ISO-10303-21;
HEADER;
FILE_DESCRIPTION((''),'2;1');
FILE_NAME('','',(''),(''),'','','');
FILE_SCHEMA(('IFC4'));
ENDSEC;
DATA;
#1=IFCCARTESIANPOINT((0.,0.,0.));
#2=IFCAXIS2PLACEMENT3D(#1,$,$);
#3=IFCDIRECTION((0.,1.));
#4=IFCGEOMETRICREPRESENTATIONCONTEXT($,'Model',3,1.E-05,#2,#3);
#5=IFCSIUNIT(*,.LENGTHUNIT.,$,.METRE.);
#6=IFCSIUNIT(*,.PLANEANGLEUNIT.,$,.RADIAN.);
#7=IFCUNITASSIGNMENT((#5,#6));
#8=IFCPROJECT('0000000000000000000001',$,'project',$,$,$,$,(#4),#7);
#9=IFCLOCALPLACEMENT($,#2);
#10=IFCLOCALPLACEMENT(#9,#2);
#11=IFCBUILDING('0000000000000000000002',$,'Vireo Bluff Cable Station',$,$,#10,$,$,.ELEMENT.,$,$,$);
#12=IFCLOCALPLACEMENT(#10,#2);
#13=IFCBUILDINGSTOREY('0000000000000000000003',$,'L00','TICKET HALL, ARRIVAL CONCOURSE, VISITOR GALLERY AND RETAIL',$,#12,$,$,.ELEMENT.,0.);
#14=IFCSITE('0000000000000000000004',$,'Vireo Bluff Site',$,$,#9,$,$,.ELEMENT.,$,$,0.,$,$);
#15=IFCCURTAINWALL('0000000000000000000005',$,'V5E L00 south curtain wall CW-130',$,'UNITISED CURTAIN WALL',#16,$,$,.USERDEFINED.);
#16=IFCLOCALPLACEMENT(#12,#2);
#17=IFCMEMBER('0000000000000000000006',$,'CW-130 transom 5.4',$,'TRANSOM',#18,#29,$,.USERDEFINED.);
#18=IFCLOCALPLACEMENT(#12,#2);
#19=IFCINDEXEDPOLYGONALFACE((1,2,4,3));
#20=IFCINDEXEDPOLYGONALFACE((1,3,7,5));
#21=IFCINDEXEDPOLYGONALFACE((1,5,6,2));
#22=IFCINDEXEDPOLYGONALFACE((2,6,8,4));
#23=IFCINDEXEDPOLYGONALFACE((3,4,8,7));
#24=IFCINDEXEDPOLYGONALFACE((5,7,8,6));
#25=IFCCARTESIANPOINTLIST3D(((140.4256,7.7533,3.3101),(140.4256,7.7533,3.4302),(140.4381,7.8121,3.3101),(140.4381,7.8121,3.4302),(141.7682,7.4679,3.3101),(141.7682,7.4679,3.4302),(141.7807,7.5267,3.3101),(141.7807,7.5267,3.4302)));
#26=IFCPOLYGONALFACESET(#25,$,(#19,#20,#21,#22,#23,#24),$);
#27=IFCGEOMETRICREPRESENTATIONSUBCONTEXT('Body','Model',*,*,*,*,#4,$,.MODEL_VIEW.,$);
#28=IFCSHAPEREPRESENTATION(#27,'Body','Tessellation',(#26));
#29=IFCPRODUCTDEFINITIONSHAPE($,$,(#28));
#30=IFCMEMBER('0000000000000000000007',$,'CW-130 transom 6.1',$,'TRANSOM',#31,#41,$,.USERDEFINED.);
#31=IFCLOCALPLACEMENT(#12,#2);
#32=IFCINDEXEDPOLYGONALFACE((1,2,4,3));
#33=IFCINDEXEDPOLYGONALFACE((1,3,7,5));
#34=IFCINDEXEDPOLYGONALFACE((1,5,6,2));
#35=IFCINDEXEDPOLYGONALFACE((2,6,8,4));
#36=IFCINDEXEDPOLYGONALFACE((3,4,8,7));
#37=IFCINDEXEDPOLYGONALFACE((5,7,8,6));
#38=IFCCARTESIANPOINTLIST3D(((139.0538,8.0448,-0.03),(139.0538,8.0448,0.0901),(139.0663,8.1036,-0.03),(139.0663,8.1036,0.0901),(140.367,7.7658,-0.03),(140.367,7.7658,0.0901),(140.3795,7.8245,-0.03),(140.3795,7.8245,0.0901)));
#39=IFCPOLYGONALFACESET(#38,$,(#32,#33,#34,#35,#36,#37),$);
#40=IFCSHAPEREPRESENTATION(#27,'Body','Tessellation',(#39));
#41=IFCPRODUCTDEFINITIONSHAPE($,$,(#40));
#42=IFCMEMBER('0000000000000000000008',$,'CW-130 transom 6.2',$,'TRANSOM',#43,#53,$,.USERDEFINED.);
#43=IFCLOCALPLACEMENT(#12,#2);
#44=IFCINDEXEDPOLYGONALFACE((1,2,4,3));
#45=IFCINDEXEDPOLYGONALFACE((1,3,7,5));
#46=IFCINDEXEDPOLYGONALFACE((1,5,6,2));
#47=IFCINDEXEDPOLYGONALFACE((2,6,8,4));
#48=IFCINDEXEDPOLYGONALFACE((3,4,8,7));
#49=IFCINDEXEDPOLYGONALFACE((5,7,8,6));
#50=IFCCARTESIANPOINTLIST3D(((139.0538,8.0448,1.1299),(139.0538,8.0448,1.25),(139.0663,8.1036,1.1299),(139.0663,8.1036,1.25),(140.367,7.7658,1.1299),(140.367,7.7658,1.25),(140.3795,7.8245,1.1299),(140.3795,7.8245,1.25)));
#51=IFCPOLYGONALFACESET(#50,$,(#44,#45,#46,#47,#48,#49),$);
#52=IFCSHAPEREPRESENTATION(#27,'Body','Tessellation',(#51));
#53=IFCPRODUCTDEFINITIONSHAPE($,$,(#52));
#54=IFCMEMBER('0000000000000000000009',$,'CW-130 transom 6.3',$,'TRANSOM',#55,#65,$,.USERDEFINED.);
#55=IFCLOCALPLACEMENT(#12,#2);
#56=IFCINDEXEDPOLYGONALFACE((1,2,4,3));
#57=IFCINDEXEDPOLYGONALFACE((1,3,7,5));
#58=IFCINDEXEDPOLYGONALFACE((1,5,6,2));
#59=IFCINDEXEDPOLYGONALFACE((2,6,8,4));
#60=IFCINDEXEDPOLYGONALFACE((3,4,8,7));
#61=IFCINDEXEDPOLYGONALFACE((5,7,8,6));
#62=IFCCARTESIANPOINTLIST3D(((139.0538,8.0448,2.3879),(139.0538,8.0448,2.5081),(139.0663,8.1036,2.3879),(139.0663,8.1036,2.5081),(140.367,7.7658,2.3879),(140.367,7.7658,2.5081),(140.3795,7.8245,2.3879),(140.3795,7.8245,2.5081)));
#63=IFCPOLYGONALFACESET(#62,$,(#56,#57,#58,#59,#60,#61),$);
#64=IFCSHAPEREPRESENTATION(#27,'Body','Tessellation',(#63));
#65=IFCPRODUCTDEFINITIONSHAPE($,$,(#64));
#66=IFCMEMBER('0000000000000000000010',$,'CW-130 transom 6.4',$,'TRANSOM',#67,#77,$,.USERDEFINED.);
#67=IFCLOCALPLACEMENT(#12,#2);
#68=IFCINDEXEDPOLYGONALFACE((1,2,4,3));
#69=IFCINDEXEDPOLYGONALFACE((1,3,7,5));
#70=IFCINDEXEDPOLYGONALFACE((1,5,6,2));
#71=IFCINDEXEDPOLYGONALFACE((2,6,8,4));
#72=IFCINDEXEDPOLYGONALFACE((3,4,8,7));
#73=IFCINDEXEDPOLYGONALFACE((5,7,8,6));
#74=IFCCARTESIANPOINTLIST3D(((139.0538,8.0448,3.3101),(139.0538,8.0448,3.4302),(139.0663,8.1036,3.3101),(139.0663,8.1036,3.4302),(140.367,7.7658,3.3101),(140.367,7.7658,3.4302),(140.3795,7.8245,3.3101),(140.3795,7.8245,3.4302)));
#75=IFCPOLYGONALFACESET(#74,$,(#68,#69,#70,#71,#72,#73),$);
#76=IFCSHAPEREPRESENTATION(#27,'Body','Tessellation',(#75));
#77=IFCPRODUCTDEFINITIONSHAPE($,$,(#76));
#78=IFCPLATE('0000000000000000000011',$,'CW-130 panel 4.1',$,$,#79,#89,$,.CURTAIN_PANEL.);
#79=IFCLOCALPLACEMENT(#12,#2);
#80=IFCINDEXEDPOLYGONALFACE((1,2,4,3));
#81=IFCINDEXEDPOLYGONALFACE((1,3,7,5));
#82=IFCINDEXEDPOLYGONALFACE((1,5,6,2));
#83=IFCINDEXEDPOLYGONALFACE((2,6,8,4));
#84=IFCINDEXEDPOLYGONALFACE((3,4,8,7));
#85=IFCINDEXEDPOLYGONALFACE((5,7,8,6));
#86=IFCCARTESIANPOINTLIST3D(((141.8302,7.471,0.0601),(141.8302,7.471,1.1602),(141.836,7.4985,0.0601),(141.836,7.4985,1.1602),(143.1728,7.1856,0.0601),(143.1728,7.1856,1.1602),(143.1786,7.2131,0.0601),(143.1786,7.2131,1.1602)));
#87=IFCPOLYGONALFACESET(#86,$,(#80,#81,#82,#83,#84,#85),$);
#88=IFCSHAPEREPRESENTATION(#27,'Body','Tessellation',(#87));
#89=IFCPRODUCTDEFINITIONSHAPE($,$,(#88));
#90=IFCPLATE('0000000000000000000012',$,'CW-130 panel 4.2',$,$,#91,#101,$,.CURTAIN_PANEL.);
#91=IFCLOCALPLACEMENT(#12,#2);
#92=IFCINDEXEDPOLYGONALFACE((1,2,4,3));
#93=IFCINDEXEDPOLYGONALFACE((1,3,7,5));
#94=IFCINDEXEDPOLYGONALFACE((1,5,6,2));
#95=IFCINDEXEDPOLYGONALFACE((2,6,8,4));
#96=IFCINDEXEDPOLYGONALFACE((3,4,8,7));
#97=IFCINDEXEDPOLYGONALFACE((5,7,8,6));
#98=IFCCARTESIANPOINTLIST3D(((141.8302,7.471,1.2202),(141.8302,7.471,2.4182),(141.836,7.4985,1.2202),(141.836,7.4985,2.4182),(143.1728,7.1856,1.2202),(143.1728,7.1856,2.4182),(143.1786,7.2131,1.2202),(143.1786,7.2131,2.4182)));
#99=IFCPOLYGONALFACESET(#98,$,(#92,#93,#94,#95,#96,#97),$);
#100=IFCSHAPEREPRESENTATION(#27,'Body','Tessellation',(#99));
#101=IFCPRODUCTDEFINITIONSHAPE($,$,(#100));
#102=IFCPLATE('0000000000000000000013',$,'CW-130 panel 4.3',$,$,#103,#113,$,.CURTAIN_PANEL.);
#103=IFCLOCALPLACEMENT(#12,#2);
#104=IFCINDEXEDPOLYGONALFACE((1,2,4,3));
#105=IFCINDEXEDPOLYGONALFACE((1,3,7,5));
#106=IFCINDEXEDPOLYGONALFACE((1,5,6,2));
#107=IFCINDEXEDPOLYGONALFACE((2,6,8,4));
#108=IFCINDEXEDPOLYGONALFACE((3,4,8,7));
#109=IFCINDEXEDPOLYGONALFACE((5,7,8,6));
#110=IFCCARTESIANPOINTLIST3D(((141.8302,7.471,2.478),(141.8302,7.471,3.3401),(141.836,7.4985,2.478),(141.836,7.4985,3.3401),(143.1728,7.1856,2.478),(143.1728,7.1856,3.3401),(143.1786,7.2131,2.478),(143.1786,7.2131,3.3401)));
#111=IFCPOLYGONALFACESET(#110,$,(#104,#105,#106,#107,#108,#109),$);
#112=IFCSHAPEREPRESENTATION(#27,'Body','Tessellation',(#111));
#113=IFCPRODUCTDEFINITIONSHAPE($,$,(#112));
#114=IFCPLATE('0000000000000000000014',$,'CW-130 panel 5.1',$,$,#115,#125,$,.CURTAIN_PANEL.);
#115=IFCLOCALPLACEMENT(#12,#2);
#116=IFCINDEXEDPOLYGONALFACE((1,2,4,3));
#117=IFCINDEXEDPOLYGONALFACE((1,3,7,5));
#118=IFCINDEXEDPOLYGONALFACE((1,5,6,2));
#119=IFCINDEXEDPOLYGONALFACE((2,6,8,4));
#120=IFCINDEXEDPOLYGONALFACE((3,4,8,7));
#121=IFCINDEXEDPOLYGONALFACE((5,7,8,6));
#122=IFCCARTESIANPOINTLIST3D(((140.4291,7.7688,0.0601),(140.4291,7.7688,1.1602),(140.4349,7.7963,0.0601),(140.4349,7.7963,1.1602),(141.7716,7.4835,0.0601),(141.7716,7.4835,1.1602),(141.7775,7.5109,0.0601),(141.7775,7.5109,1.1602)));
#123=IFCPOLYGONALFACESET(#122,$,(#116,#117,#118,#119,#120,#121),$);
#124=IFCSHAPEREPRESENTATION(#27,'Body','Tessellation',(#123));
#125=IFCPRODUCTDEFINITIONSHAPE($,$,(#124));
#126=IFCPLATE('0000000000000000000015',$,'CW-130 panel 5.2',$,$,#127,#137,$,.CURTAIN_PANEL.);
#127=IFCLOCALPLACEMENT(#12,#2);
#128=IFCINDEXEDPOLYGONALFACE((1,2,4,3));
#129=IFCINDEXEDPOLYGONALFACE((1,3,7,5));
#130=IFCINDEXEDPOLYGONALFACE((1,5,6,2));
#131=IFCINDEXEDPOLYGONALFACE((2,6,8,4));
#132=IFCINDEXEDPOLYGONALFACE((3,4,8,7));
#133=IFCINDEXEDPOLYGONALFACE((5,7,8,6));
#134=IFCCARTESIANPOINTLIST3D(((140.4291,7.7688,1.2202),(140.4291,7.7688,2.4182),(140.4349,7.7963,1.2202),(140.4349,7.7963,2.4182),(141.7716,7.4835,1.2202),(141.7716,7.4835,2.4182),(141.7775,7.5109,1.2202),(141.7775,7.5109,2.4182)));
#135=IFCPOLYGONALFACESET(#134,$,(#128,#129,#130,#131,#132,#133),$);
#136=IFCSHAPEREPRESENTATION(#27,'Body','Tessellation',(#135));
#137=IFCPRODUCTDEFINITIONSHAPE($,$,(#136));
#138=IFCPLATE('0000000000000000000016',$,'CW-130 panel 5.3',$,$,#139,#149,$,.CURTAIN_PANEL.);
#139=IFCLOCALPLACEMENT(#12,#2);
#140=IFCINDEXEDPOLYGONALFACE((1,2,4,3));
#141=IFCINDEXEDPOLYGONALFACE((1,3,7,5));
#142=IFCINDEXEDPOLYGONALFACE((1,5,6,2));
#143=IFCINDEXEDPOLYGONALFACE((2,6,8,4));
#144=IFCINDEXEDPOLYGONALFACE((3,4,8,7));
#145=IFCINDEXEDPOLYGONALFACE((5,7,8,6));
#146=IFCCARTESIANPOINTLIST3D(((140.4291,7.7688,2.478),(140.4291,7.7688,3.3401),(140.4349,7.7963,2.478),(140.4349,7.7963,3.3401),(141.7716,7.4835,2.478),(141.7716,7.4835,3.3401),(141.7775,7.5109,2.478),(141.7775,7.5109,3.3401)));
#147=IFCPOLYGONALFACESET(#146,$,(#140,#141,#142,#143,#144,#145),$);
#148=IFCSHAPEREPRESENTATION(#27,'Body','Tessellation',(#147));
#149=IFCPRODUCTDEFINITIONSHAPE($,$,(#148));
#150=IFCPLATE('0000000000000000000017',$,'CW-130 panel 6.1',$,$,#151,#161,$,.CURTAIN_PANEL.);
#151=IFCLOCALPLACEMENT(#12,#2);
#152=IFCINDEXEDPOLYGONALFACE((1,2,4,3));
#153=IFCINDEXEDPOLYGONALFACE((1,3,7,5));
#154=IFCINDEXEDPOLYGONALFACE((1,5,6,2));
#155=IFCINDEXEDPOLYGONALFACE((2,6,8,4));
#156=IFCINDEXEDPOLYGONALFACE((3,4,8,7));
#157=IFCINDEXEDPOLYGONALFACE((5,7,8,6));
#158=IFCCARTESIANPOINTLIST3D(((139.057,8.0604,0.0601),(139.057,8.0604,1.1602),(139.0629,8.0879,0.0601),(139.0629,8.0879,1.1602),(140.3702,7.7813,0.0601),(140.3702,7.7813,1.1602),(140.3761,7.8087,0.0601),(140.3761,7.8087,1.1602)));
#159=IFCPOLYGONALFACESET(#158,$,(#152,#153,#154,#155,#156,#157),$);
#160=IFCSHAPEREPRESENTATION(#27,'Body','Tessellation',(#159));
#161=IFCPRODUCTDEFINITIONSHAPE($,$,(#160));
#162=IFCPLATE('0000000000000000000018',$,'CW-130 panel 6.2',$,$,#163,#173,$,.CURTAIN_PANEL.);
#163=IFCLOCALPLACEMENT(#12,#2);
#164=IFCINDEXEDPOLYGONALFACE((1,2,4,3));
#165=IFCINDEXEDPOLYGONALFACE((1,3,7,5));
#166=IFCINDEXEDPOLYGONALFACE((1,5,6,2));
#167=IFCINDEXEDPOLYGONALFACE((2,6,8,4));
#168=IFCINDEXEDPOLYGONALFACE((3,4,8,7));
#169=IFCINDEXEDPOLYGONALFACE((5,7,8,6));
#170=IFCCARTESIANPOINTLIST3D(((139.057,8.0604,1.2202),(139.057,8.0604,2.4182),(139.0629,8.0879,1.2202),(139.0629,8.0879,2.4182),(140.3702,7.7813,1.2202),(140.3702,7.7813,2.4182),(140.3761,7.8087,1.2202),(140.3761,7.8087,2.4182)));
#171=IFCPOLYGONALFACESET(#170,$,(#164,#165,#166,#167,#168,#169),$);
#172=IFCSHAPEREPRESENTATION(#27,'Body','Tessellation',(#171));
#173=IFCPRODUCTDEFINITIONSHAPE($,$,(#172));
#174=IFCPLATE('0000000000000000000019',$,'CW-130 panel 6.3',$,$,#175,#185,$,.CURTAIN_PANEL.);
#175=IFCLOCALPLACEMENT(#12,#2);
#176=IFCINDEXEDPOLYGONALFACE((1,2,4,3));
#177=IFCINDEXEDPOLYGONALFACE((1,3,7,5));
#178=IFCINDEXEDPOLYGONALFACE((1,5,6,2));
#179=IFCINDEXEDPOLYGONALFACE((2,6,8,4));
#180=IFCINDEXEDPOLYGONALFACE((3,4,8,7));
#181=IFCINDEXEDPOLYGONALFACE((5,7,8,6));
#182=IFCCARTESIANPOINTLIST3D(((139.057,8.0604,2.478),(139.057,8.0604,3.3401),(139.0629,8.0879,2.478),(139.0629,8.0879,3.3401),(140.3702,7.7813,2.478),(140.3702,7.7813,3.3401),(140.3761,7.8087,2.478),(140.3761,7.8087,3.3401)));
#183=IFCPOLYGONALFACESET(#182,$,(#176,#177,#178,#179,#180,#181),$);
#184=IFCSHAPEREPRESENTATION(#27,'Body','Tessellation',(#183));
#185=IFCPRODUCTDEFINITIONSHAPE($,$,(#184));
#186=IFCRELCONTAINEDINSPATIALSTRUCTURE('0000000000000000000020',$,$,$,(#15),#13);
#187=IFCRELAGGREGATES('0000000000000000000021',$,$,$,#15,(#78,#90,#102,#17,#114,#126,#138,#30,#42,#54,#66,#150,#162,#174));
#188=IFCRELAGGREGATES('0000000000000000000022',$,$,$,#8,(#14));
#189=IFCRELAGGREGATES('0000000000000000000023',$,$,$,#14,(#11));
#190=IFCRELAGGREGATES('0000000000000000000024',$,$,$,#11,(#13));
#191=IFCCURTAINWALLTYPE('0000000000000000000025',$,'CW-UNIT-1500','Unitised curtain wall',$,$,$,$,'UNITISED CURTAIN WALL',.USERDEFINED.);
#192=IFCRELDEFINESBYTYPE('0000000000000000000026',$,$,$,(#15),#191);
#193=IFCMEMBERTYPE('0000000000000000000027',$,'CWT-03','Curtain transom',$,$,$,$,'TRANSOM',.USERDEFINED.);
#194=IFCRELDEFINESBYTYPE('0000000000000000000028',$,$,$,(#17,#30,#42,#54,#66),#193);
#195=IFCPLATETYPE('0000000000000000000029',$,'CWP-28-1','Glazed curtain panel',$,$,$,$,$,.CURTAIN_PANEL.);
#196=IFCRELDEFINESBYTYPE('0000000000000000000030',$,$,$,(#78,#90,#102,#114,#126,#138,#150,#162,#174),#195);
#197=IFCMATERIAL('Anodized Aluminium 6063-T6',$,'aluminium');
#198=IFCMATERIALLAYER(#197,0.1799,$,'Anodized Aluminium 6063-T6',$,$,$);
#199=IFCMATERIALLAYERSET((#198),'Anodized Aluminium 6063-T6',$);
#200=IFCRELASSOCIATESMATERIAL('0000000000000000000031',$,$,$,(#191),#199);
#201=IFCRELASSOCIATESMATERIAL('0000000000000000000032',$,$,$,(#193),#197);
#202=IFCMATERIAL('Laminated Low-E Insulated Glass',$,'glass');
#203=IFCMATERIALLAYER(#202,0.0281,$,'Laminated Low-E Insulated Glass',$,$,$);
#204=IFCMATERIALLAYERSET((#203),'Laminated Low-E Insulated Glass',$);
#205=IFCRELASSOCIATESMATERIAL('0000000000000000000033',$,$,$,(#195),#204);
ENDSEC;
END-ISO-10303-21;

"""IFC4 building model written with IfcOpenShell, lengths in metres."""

from ifc_helpers import new_model, si_unit, direction, frame, origin, origin_2d, place, context, subcontext, project, spatial, rectangle, extrude, material, layer, layer_set, material_profile, profile_set, type_object, element, aggregate, save


model = new_model("IFC4")

# Units and contexts
model_context = context("Model", 3, precision=1e-05, world=origin(), true_north=direction((0.0, 1.0)))
body_context = subcontext(model_context, "Body", "Model", "MODEL_VIEW")
ifc_project = project(units=[si_unit("LENGTHUNIT", "METRE"), si_unit("PLANEANGLEUNIT", "RADIAN")], contexts=[model_context])

# Site, building, storey
site_placement = place(None, origin())
site = spatial("IfcSite", under=ifc_project, at=site_placement, Name="Vireo Bluff Site", CompositionType="ELEMENT", RefElevation=0.0)
building_placement = place(site_placement, origin())
building = spatial("IfcBuilding", under=site, at=building_placement, Name="Vireo Bluff Cable Station", CompositionType="ELEMENT")
storey_placement = place(building_placement, origin())
storey = spatial("IfcBuildingStorey", under=building, at=storey_placement, Name="L00", Description="TICKET HALL, ARRIVAL CONCOURSE, VISITOR GALLERY AND RETAIL", CompositionType="ELEMENT", Elevation=0.0)

# Curtain wall, members, plates
ifc_material_1 = material(Name="Anodized Aluminium 6063-T6", Category="aluminium")
ifc_layer_1 = layer(ifc_material_1, 0.1799, Name="Anodized Aluminium 6063-T6")
ifc_layer_set_1 = layer_set([ifc_layer_1], Name="Anodized Aluminium 6063-T6")
curtain_wall_type = type_object("IfcCurtainWallType", Name="CW-UNIT-1500", Description="Unitised curtain wall", ElementType="UNITISED CURTAIN WALL", PredefinedType="USERDEFINED", material=ifc_layer_set_1)
curtain_wall_placement = place(storey_placement, origin())
curtain_wall = element("IfcCurtainWall", 1, at=curtain_wall_placement, inside=storey, type_object=curtain_wall_type, Name="V5E L00 south curtain wall CW-130", ObjectType="UNITISED CURTAIN WALL", PredefinedType="USERDEFINED")
ifc_material_profile_1 = material_profile(ifc_material_1, rectangle(XDim=0.0601, YDim=0.1201, at=origin_2d()), Name="ALU-T-60X120")
ifc_profile_set_1 = profile_set([ifc_material_profile_1], Name="Anodized Aluminium 6063-T6")
member_type_1 = type_object("IfcMemberType", Name="CWT-03", Description="Curtain transom", ElementType="TRANSOM", PredefinedType="USERDEFINED", material=ifc_profile_set_1)
member_1_placement = place(storey_placement, frame((141.7744, 7.4973, 3.3701), z_axis=(-0.978142, 0.207937, 0.0), x_axis=(-0.207937, -0.978142, 0.0)))
member_1 = element("IfcMember", 2, at=member_1_placement, type_object=member_type_1, Name="CW-130 transom 5.4", ObjectType="TRANSOM", PredefinedType="USERDEFINED", context=body_context, shape_type="SweptSolid", body=[
    extrude(rectangle(XDim=0.0601, YDim=0.1201, at=origin_2d()), origin(), (0.0, 0.0, 1.0), 1.3726),
])
member_2_placement = place(storey_placement, frame((140.3733, 7.7952, 0.03), z_axis=(-0.97816, 0.207852, 0.0), x_axis=(-0.207852, -0.97816, 0.0)))
member_2 = element("IfcMember", 3, at=member_2_placement, type_object=member_type_1, Name="CW-130 transom 6.1", ObjectType="TRANSOM", PredefinedType="USERDEFINED", context=body_context, shape_type="SweptSolid", body=[
    extrude(rectangle(XDim=0.0601, YDim=0.1201, at=origin_2d()), origin(), (0.0, 0.0, 1.0), 1.3425),
])
member_3_placement = place(storey_placement, frame((140.3733, 7.7952, 1.1899), z_axis=(-0.97816, 0.207852, 0.0), x_axis=(-0.207852, -0.97816, 0.0)))
member_3 = element("IfcMember", 4, at=member_3_placement, type_object=member_type_1, Name="CW-130 transom 6.2", ObjectType="TRANSOM", PredefinedType="USERDEFINED", context=body_context, shape_type="SweptSolid", body=[
    extrude(rectangle(XDim=0.0601, YDim=0.1201, at=origin_2d()), origin(), (0.0, 0.0, 1.0), 1.3425),
])
member_4_placement = place(storey_placement, frame((140.3733, 7.7952, 2.448), z_axis=(-0.97816, 0.207852, 0.0), x_axis=(-0.207852, -0.97816, 0.0)))
member_4 = element("IfcMember", 5, at=member_4_placement, type_object=member_type_1, Name="CW-130 transom 6.3", ObjectType="TRANSOM", PredefinedType="USERDEFINED", context=body_context, shape_type="SweptSolid", body=[
    extrude(rectangle(XDim=0.0601, YDim=0.1201, at=origin_2d()), origin(), (0.0, 0.0, 1.0), 1.3425),
])
member_5_placement = place(storey_placement, frame((140.3733, 7.7952, 3.3701), z_axis=(-0.97816, 0.207852, 0.0), x_axis=(-0.207852, -0.97816, 0.0)))
member_5 = element("IfcMember", 6, at=member_5_placement, type_object=member_type_1, Name="CW-130 transom 6.4", ObjectType="TRANSOM", PredefinedType="USERDEFINED", context=body_context, shape_type="SweptSolid", body=[
    extrude(rectangle(XDim=0.0601, YDim=0.1201, at=origin_2d()), origin(), (0.0, 0.0, 1.0), 1.3425),
])
ifc_material_2 = material(Name="Laminated Low-E Insulated Glass", Category="glass")
ifc_layer_2 = layer(ifc_material_2, 0.0281, Name="Laminated Low-E Insulated Glass")
ifc_layer_set_2 = layer_set([ifc_layer_2], Name="Laminated Low-E Insulated Glass")
plate_type = type_object("IfcPlateType", Name="CWP-28-1", Description="Glazed curtain panel", PredefinedType="CURTAIN_PANEL", material=ifc_layer_set_2)
plate_1_placement = place(storey_placement, frame((142.5044, 7.342, 0.0601), z_axis=(0.0, 0.0, 1.0), x_axis=(-0.978148, 0.207912, 0.0)))
plate_1 = element("IfcPlate", 7, at=plate_1_placement, type_object=plate_type, Name="CW-130 panel 4.1", PredefinedType="CURTAIN_PANEL", context=body_context, shape_type="SweptSolid", body=[
    extrude(rectangle(XDim=1.3726, YDim=0.0281, at=origin_2d()), origin(), (0.0, 0.0, 1.0), 1.1001),
])
plate_2_placement = place(storey_placement, frame((142.5044, 7.342, 1.2202), z_axis=(0.0, 0.0, 1.0), x_axis=(-0.978148, 0.207912, 0.0)))
plate_2 = element("IfcPlate", 8, at=plate_2_placement, type_object=plate_type, Name="CW-130 panel 4.2", PredefinedType="CURTAIN_PANEL", context=body_context, shape_type="SweptSolid", body=[
    extrude(rectangle(XDim=1.3726, YDim=0.0281, at=origin_2d()), origin(), (0.0, 0.0, 1.0), 1.198),
])
plate_3_placement = place(storey_placement, frame((142.5044, 7.342, 2.478), z_axis=(0.0, 0.0, 1.0), x_axis=(-0.978148, 0.207912, 0.0)))
plate_3 = element("IfcPlate", 9, at=plate_3_placement, type_object=plate_type, Name="CW-130 panel 4.3", PredefinedType="CURTAIN_PANEL", context=body_context, shape_type="SweptSolid", body=[
    extrude(rectangle(XDim=1.3726, YDim=0.0281, at=origin_2d()), origin(), (0.0, 0.0, 1.0), 0.8621),
])
plate_4_placement = place(storey_placement, frame((141.1033, 7.6399, 0.0601), z_axis=(0.0, 0.0, 1.0), x_axis=(-0.978148, 0.207912, 0.0)))
plate_4 = element("IfcPlate", 10, at=plate_4_placement, type_object=plate_type, Name="CW-130 panel 5.1", PredefinedType="CURTAIN_PANEL", context=body_context, shape_type="SweptSolid", body=[
    extrude(rectangle(XDim=1.3726, YDim=0.0281, at=origin_2d()), origin(), (0.0, 0.0, 1.0), 1.1001),
])
plate_5_placement = place(storey_placement, frame((141.1033, 7.6399, 1.2202), z_axis=(0.0, 0.0, 1.0), x_axis=(-0.978148, 0.207912, 0.0)))
plate_5 = element("IfcPlate", 11, at=plate_5_placement, type_object=plate_type, Name="CW-130 panel 5.2", PredefinedType="CURTAIN_PANEL", context=body_context, shape_type="SweptSolid", body=[
    extrude(rectangle(XDim=1.3726, YDim=0.0281, at=origin_2d()), origin(), (0.0, 0.0, 1.0), 1.198),
])
plate_6_placement = place(storey_placement, frame((141.1033, 7.6399, 2.478), z_axis=(0.0, 0.0, 1.0), x_axis=(-0.978148, 0.207912, 0.0)))
plate_6 = element("IfcPlate", 12, at=plate_6_placement, type_object=plate_type, Name="CW-130 panel 5.3", PredefinedType="CURTAIN_PANEL", context=body_context, shape_type="SweptSolid", body=[
    extrude(rectangle(XDim=1.3726, YDim=0.0281, at=origin_2d()), origin(), (0.0, 0.0, 1.0), 0.8621),
])
plate_7_placement = place(storey_placement, frame((139.7166, 7.9346, 0.0601), z_axis=(0.0, 0.0, 1.0), x_axis=(-0.978148, 0.207912, 0.0)))
plate_7 = element("IfcPlate", 13, at=plate_7_placement, type_object=plate_type, Name="CW-130 panel 6.1", PredefinedType="CURTAIN_PANEL", context=body_context, shape_type="SweptSolid", body=[
    extrude(rectangle(XDim=1.3425, YDim=0.0281, at=origin_2d()), origin(), (0.0, 0.0, 1.0), 1.1001),
])
plate_8_placement = place(storey_placement, frame((139.7166, 7.9346, 1.2202), z_axis=(0.0, 0.0, 1.0), x_axis=(-0.978148, 0.207912, 0.0)))
plate_8 = element("IfcPlate", 14, at=plate_8_placement, type_object=plate_type, Name="CW-130 panel 6.2", PredefinedType="CURTAIN_PANEL", context=body_context, shape_type="SweptSolid", body=[
    extrude(rectangle(XDim=1.3425, YDim=0.0281, at=origin_2d()), origin(), (0.0, 0.0, 1.0), 1.198),
])
plate_9_placement = place(storey_placement, frame((139.7166, 7.9346, 2.478), z_axis=(0.0, 0.0, 1.0), x_axis=(-0.978148, 0.207912, 0.0)))
plate_9 = element("IfcPlate", 15, at=plate_9_placement, type_object=plate_type, Name="CW-130 panel 6.3", PredefinedType="CURTAIN_PANEL", context=body_context, shape_type="SweptSolid", body=[
    extrude(rectangle(XDim=1.3425, YDim=0.0281, at=origin_2d()), origin(), (0.0, 0.0, 1.0), 0.8621),
])
aggregate(curtain_wall, [plate_1, plate_2, plate_3, member_1, plate_4, plate_5, plate_6, member_2, member_3, member_4, member_5, plate_7, plate_8, plate_9])

save(model, "model.ifc")
